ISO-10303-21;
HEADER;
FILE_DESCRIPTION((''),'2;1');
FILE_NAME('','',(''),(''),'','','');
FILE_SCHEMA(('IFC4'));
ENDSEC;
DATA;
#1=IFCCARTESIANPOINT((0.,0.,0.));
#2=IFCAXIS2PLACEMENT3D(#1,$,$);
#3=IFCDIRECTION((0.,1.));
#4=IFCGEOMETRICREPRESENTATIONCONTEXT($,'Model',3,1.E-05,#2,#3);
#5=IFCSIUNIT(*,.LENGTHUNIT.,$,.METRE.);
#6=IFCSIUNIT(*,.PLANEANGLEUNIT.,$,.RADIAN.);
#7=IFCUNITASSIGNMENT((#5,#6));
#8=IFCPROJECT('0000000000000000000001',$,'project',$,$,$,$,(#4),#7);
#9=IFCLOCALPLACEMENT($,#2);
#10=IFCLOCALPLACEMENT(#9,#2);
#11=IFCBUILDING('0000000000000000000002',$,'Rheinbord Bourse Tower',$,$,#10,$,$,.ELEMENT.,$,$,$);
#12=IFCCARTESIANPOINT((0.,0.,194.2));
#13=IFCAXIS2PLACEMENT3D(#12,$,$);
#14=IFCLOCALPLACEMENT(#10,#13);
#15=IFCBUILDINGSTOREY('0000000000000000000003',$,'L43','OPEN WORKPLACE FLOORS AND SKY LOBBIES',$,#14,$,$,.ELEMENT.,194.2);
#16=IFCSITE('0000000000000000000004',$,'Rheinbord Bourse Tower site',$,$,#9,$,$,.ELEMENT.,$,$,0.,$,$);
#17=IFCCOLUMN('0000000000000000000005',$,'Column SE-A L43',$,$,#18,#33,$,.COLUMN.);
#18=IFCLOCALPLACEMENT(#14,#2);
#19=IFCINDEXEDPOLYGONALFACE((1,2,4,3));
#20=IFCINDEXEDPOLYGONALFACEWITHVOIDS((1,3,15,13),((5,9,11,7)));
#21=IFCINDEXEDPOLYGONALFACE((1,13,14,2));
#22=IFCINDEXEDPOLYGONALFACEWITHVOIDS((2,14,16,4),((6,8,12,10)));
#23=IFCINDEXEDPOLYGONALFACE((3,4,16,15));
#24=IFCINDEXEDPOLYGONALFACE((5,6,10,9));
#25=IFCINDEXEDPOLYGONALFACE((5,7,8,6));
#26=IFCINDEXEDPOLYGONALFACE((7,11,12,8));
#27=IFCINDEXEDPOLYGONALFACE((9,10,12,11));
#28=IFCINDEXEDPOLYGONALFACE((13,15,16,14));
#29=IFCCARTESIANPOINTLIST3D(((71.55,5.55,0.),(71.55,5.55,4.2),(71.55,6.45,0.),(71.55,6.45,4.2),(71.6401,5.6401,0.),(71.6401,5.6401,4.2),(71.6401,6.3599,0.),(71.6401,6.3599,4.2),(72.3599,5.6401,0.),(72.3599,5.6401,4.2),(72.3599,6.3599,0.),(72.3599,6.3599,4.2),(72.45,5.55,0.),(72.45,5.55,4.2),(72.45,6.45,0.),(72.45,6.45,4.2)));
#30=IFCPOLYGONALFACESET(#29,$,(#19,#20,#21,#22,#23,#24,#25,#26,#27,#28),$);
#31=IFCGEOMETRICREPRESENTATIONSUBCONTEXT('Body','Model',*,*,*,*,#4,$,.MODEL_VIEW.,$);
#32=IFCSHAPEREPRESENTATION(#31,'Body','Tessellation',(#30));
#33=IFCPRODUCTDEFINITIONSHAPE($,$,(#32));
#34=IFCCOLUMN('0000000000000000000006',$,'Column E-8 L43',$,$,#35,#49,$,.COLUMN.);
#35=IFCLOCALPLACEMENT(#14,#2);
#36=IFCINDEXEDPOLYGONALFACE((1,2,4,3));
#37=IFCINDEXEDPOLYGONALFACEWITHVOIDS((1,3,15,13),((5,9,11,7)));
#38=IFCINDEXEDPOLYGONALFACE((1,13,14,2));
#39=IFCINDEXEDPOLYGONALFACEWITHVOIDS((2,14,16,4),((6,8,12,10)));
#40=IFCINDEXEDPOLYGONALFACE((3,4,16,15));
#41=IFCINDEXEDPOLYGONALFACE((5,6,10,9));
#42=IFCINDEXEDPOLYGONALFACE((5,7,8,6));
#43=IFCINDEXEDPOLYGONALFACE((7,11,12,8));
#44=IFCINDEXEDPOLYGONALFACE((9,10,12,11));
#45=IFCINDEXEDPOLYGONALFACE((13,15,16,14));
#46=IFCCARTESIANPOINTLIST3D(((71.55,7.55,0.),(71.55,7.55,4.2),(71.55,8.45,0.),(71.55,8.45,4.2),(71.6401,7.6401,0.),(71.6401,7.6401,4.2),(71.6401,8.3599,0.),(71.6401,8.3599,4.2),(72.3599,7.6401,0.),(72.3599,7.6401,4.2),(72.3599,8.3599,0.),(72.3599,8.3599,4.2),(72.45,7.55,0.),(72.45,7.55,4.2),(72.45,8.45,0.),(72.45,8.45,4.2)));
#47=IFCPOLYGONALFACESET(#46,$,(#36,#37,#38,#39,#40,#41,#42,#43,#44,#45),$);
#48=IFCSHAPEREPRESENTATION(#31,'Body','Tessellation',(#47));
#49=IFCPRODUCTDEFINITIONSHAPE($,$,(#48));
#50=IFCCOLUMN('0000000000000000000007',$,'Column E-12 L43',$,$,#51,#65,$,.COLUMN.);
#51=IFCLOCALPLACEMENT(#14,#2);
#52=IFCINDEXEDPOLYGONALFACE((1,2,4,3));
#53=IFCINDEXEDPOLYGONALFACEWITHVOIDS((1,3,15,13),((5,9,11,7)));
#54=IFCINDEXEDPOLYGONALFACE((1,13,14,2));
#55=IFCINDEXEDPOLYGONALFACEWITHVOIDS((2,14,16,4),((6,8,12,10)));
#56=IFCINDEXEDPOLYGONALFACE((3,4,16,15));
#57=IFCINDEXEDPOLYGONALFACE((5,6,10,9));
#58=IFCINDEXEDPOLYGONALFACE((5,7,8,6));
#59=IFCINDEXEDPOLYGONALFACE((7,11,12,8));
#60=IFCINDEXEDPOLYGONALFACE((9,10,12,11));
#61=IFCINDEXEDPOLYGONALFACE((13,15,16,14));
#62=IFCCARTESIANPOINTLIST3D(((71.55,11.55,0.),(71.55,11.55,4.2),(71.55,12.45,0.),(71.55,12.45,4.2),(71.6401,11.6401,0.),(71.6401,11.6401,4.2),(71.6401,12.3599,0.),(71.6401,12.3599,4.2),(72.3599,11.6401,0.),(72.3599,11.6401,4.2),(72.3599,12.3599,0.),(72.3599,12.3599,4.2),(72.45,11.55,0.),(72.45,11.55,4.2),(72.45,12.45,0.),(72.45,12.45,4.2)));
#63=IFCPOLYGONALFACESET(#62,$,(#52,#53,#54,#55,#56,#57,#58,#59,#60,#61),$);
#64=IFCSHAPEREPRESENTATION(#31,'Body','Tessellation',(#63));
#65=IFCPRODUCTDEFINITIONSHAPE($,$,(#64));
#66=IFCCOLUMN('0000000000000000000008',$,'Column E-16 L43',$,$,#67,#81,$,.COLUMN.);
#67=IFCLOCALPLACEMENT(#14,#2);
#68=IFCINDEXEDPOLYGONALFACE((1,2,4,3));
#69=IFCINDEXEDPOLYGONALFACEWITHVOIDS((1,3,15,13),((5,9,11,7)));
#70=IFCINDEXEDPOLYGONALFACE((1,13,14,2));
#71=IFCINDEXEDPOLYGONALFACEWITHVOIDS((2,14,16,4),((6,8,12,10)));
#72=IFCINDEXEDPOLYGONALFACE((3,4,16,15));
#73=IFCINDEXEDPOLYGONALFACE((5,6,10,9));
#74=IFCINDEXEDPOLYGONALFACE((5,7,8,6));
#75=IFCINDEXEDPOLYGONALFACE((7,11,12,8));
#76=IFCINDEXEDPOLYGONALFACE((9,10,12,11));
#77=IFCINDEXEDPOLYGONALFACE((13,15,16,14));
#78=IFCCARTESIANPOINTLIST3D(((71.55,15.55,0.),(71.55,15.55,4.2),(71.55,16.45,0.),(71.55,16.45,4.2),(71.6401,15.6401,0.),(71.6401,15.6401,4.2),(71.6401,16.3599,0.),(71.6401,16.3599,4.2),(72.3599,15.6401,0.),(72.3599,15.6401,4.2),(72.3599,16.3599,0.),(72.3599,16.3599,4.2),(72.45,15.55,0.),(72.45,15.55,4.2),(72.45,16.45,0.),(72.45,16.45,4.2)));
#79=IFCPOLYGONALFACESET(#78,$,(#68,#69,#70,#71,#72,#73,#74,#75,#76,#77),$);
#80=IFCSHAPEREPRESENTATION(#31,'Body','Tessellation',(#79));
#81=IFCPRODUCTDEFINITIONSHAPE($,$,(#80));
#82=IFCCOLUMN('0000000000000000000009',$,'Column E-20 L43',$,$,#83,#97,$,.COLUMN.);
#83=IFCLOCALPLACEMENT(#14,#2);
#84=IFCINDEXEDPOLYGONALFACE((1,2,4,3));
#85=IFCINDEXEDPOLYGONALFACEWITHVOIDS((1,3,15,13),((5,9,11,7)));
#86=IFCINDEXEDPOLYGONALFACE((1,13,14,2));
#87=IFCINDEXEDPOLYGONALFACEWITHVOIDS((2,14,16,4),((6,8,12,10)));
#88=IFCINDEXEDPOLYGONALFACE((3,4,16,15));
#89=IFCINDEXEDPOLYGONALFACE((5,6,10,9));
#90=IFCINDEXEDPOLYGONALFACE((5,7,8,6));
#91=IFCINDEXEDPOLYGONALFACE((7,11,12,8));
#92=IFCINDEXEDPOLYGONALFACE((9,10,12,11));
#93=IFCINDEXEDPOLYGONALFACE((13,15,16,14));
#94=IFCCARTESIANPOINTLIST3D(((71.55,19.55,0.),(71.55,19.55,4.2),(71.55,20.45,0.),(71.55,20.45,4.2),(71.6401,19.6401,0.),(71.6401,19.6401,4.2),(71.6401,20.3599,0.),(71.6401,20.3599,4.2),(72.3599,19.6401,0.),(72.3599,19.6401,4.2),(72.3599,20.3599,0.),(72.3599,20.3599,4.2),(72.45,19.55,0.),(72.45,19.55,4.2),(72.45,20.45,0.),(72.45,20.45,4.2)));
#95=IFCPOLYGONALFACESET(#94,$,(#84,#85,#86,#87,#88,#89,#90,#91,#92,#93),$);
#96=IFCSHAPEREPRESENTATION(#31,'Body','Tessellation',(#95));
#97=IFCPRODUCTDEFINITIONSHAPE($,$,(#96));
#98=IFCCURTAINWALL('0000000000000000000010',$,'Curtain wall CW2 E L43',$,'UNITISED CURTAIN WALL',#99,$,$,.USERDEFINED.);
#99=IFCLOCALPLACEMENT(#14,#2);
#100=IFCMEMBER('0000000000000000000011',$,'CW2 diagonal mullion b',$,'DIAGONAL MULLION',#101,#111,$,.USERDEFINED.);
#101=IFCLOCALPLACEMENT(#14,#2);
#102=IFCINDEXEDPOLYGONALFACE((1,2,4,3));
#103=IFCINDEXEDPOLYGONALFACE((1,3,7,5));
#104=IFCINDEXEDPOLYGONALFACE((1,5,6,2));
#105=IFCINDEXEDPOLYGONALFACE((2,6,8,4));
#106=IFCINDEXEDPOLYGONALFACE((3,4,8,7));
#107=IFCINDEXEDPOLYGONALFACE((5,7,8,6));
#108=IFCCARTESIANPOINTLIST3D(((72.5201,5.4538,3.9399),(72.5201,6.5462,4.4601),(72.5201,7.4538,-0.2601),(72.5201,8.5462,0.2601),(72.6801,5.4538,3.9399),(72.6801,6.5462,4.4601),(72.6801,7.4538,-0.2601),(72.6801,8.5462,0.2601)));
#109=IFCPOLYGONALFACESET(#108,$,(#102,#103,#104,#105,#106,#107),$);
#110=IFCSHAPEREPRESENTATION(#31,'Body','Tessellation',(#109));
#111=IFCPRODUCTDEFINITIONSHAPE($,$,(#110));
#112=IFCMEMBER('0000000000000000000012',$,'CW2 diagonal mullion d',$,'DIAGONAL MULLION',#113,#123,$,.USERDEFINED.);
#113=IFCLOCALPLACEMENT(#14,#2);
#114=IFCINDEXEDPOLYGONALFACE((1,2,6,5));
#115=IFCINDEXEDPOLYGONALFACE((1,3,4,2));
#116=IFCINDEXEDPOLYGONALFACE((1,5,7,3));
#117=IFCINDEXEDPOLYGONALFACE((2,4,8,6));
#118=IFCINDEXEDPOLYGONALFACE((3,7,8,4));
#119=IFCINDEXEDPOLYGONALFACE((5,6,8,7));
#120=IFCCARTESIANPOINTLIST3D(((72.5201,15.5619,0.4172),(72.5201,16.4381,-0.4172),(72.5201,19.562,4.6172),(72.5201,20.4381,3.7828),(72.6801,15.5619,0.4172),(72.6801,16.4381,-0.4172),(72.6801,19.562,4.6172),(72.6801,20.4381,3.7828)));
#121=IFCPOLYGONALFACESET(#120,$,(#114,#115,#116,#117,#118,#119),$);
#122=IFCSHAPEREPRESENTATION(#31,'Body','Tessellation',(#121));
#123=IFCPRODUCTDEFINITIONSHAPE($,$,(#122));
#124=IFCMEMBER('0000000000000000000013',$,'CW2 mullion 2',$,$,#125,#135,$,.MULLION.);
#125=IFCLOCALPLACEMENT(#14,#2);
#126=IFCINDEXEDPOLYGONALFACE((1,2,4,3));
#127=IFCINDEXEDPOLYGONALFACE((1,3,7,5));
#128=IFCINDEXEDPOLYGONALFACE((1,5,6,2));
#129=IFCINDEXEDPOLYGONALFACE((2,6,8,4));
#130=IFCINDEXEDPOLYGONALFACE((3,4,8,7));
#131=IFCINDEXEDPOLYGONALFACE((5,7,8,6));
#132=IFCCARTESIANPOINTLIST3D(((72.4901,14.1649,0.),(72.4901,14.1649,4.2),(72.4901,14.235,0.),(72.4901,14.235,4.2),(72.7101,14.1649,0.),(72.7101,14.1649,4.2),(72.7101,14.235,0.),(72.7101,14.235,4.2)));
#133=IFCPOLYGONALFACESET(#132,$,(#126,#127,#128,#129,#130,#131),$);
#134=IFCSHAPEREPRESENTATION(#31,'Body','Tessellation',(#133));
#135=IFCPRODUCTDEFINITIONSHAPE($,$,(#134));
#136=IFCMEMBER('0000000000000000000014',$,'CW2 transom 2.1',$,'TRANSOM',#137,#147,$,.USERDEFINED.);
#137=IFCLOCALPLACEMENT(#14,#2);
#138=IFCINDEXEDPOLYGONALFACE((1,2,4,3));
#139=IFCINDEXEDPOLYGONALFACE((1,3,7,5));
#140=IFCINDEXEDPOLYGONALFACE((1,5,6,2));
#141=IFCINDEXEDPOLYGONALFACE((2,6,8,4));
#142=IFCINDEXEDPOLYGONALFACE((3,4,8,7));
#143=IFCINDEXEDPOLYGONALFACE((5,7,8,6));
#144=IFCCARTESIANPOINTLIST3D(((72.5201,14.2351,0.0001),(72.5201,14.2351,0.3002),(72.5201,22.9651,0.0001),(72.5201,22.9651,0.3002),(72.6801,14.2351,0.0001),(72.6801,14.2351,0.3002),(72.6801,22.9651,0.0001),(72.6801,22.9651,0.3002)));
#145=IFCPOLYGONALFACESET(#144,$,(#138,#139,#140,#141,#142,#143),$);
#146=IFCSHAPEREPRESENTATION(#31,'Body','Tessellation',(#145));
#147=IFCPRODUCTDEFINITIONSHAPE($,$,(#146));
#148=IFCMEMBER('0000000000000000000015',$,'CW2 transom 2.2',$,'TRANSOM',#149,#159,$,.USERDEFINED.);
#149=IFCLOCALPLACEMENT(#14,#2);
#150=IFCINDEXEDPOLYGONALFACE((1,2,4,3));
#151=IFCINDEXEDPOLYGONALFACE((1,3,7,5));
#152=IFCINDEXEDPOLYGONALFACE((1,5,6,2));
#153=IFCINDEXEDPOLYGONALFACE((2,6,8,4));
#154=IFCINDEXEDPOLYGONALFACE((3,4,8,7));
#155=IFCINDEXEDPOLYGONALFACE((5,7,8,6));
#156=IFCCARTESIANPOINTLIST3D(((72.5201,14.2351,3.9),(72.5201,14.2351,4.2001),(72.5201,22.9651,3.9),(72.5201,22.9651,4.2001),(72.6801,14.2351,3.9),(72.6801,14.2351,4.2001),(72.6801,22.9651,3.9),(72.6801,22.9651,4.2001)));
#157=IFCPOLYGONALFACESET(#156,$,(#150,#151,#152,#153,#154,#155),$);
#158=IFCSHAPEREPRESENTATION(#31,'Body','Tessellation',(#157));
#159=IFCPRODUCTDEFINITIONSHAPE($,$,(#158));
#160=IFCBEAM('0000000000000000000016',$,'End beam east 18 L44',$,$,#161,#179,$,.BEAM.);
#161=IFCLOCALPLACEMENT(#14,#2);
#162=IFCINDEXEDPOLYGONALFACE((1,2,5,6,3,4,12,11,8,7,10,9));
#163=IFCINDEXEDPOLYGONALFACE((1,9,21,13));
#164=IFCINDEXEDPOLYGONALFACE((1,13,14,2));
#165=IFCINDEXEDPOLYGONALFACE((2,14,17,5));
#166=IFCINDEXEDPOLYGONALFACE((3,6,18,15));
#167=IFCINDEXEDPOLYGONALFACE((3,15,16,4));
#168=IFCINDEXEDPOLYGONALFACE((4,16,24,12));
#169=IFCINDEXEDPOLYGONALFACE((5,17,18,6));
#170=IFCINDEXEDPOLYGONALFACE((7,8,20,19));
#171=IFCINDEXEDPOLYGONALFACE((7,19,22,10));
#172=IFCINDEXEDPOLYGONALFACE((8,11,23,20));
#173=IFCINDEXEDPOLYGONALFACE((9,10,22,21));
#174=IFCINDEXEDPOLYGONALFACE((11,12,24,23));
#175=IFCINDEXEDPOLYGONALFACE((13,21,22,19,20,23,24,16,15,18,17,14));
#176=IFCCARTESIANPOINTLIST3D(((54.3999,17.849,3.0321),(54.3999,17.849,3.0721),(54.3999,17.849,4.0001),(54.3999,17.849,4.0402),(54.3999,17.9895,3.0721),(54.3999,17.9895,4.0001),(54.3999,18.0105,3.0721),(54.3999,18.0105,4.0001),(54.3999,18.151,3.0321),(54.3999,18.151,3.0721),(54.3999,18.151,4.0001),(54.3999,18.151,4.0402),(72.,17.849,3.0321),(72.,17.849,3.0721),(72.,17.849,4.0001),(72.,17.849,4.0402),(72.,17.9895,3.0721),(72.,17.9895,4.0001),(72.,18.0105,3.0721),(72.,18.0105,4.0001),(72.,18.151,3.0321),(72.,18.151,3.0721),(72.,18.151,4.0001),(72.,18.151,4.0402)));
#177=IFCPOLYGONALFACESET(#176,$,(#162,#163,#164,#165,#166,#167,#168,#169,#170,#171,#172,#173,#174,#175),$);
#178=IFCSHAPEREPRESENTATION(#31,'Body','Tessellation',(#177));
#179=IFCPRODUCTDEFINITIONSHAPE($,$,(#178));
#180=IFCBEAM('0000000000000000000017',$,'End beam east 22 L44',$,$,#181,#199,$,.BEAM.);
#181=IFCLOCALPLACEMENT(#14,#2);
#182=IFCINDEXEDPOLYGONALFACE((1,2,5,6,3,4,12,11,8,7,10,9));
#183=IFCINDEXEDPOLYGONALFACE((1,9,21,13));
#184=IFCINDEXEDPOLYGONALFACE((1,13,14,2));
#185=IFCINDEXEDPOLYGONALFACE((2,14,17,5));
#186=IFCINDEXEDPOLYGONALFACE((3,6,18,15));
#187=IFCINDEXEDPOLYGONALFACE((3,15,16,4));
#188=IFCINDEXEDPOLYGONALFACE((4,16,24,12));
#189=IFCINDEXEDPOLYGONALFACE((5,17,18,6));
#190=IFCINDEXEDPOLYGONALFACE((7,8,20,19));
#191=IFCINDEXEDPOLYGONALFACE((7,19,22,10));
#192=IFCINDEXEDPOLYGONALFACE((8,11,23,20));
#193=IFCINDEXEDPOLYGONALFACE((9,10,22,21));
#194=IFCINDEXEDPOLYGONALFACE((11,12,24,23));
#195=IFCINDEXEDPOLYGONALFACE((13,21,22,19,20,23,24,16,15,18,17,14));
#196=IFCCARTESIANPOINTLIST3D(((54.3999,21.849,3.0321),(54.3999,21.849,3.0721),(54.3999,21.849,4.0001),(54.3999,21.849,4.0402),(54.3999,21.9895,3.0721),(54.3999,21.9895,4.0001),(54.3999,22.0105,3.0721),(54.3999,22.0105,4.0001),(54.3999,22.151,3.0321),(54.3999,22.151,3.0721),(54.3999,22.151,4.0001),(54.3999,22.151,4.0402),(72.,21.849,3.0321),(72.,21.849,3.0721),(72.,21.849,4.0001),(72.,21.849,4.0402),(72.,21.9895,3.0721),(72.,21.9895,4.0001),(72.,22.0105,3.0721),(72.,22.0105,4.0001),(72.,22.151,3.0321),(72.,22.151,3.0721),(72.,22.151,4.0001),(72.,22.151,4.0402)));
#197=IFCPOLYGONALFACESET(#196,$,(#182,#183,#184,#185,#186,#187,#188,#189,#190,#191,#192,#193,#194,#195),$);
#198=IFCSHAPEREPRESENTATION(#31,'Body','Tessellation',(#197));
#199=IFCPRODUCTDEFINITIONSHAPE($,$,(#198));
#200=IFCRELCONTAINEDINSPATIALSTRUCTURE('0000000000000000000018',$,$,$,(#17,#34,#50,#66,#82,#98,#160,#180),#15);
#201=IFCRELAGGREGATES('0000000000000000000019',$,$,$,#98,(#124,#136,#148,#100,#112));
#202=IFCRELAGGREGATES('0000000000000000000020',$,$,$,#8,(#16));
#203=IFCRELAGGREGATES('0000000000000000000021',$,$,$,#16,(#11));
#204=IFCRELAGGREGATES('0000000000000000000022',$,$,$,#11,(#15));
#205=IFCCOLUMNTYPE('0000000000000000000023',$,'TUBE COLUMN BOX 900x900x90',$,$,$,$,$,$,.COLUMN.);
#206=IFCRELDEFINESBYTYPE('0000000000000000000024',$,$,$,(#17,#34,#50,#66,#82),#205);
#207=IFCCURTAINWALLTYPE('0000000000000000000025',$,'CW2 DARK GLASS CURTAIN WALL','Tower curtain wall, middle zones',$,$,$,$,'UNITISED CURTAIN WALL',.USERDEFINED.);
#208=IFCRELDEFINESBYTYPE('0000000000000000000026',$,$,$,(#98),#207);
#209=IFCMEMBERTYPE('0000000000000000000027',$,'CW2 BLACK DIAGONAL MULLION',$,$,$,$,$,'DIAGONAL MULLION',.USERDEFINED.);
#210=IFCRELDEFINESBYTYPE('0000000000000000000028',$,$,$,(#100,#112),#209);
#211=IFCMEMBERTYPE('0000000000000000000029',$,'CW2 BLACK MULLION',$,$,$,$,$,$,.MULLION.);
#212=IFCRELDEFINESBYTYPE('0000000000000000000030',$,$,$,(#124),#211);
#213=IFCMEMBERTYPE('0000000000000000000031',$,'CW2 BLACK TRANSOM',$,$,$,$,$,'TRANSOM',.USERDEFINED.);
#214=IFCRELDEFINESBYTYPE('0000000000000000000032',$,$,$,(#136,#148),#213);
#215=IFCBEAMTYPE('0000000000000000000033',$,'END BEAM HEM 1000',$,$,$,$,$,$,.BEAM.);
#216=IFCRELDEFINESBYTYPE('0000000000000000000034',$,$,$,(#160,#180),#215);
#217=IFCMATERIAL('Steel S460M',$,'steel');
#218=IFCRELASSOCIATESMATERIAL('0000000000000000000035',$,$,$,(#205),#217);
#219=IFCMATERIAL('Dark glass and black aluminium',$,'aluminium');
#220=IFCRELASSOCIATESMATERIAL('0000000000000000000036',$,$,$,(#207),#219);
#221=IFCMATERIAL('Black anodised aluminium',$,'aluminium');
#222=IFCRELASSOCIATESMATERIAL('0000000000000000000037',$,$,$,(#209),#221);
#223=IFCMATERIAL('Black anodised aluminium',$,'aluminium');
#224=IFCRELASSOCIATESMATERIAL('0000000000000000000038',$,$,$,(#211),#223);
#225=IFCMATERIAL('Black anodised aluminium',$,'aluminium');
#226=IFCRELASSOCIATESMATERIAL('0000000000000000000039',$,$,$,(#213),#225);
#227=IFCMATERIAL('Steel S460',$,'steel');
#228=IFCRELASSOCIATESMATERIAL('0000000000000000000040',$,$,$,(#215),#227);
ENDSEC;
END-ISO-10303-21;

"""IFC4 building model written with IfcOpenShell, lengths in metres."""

from ifc_helpers import new_model, si_unit, direction, frame, origin, origin_2d, place, context, subcontext, project, spatial, rectangle, hollow_rectangle, i_section, extrude, material, material_profile, profile_set, type_object, element, aggregate, save


model = new_model("IFC4")

# Units and contexts
model_context = context("Model", 3, precision=1e-05, world=origin(), true_north=direction((0.0, 1.0)))
body_context = subcontext(model_context, "Body", "Model", "MODEL_VIEW")
ifc_project = project(units=[si_unit("LENGTHUNIT", "METRE"), si_unit("PLANEANGLEUNIT", "RADIAN")], contexts=[model_context])

# Site, building, storey
site_placement = place(None, origin())
site = spatial("IfcSite", under=ifc_project, at=site_placement, Name="Rheinbord Bourse Tower site", CompositionType="ELEMENT", RefElevation=0.0)
building_placement = place(site_placement, origin())
building = spatial("IfcBuilding", under=site, at=building_placement, Name="Rheinbord Bourse Tower", CompositionType="ELEMENT")
storey_placement = place(building_placement, frame((0.0, 0.0, 194.2)))
storey = spatial("IfcBuildingStorey", under=building, at=storey_placement, Name="L43", Description="OPEN WORKPLACE FLOORS AND SKY LOBBIES", CompositionType="ELEMENT", Elevation=194.2)

# Columns
ifc_material_1 = material(Name="Steel S460M", Category="steel")
ifc_material_profile_1 = material_profile(ifc_material_1, hollow_rectangle(XDim=0.8999, YDim=0.8999, WallThickness=0.0901, at=origin_2d()), Name="BOX 900x900x90")
ifc_profile_set_1 = profile_set([ifc_material_profile_1], Name="Steel S460M")
column_type = type_object("IfcColumnType", Name="TUBE COLUMN BOX 900x900x90", PredefinedType="COLUMN", material=ifc_profile_set_1)
for number, where, z_axis, x_axis, name in (
    (1, (72.0, 6.0, 0.0), (0.0, 0.0, 1.0), (1.0, 0.0, 0.0), "Column SE-A L43"),
    (2, (72.0, 8.0, 0.0), (0.0, 0.0, 1.0), (1.0, 0.0, 0.0), "Column E-8 L43"),
    (3, (72.0, 12.0, 0.0), (0.0, 0.0, 1.0), (1.0, 0.0, 0.0), "Column E-12 L43"),
    (4, (72.0, 16.0, 0.0), (0.0, 0.0, 1.0), (1.0, 0.0, 0.0), "Column E-16 L43"),
    (5, (72.0, 20.0, 0.0), (0.0, 0.0, 1.0), (1.0, 0.0, 0.0), "Column E-20 L43"),
):
    element("IfcColumn", number, at=place(storey_placement, frame(where, z_axis=z_axis, x_axis=x_axis)), inside=storey, type_object=column_type, Name=name, PredefinedType="COLUMN", context=body_context, shape_type="SweptSolid", body=[
        extrude(hollow_rectangle(XDim=0.8999, YDim=0.8999, WallThickness=0.0901, at=origin_2d()), origin(), (0.0, 0.0, 1.0), 4.2),
    ])

# Curtain wall, members
ifc_material_2 = material(Name="Dark glass and black aluminium", Category="aluminium")
curtain_wall_type = type_object("IfcCurtainWallType", Name="CW2 DARK GLASS CURTAIN WALL", Description="Tower curtain wall, middle zones", ElementType="UNITISED CURTAIN WALL", PredefinedType="USERDEFINED", material=ifc_material_2)
curtain_wall_placement = place(storey_placement, origin())
curtain_wall = element("IfcCurtainWall", 6, at=curtain_wall_placement, inside=storey, type_object=curtain_wall_type, Name="Curtain wall CW2 E L43", ObjectType="UNITISED CURTAIN WALL", PredefinedType="USERDEFINED")
ifc_material_3 = material(Name="Black anodised aluminium", Category="aluminium")
ifc_material_profile_2 = material_profile(ifc_material_3, rectangle(XDim=0.1599, YDim=1.21, at=origin_2d()), Name="CW2 DIAGONAL MULLION 1210x160")
ifc_profile_set_2 = profile_set([ifc_material_profile_2], Name="Black anodised aluminium")
member_type_1 = type_object("IfcMemberType", Name="CW2 BLACK DIAGONAL MULLION", ElementType="DIAGONAL MULLION", PredefinedType="USERDEFINED", material=ifc_profile_set_2)
member_1_placement = place(storey_placement, frame((72.6001, 8.0, 0.0), z_axis=(0.0, -0.429938, 0.902859), x_axis=(1.0, 0.0, 0.0)))
member_1 = element("IfcMember", 7, at=member_1_placement, type_object=member_type_1, Name="CW2 diagonal mullion b", ObjectType="DIAGONAL MULLION", PredefinedType="USERDEFINED", context=body_context, shape_type="SweptSolid", body=[
    extrude(rectangle(XDim=0.1599, YDim=1.21, at=origin_2d()), origin(), (0.0, 0.0, 1.0), 4.6519),
])
member_2_placement = place(storey_placement, frame((72.6001, 16.0, 0.0), z_axis=(0.0, 0.689659, 0.724134), x_axis=(-1.0, 0.0, 0.0)))
member_2 = element("IfcMember", 8, at=member_2_placement, type_object=member_type_1, Name="CW2 diagonal mullion d", ObjectType="DIAGONAL MULLION", PredefinedType="USERDEFINED", context=body_context, shape_type="SweptSolid", body=[
    extrude(rectangle(XDim=0.1599, YDim=1.21, at=origin_2d()), origin(), (0.0, 0.0, 1.0), 5.8),
])
ifc_material_4 = material(Name="Black anodised aluminium", Category="aluminium")
ifc_material_profile_3 = material_profile(ifc_material_4, rectangle(XDim=0.22, YDim=0.0701, at=origin_2d()), Name="CW2 MULLION 70x220")
ifc_profile_set_3 = profile_set([ifc_material_profile_3], Name="Black anodised aluminium")
member_type_2 = type_object("IfcMemberType", Name="CW2 BLACK MULLION", PredefinedType="MULLION", material=ifc_profile_set_3)
member_3_placement = place(storey_placement, frame((72.6001, 14.2, 0.0), z_axis=(0.0, 0.0, 1.0), x_axis=(-1.0, 0.0, 0.0)))
member_3 = element("IfcMember", 9, at=member_3_placement, type_object=member_type_2, Name="CW2 mullion 2", PredefinedType="MULLION", context=body_context, shape_type="SweptSolid", body=[
    extrude(rectangle(XDim=0.22, YDim=0.0701, at=origin_2d()), origin(), (0.0, 0.0, 1.0), 4.2),
])
ifc_material_5 = material(Name="Black anodised aluminium", Category="aluminium")
ifc_material_profile_4 = material_profile(ifc_material_5, rectangle(XDim=0.1599, YDim=0.3, at=origin_2d()), Name="CW2 TRANSOM 300x160")
ifc_profile_set_4 = profile_set([ifc_material_profile_4], Name="Black anodised aluminium")
member_type_3 = type_object("IfcMemberType", Name="CW2 BLACK TRANSOM", ElementType="TRANSOM", PredefinedType="USERDEFINED", material=ifc_profile_set_4)
member_4_placement = place(storey_placement, frame((72.6001, 14.2351, 0.1501), z_axis=(0.0, 1.0, 0.0), x_axis=(-1.0, 0.0, 0.0)))
member_4 = element("IfcMember", 10, at=member_4_placement, type_object=member_type_3, Name="CW2 transom 2.1", ObjectType="TRANSOM", PredefinedType="USERDEFINED", context=body_context, shape_type="SweptSolid", body=[
    extrude(rectangle(XDim=0.1599, YDim=0.3, at=origin_2d()), origin(), (0.0, 0.0, 1.0), 8.73),
])
member_5_placement = place(storey_placement, frame((72.6001, 14.2351, 4.05), z_axis=(0.0, 1.0, 0.0), x_axis=(-1.0, 0.0, 0.0)))
member_5 = element("IfcMember", 11, at=member_5_placement, type_object=member_type_3, Name="CW2 transom 2.2", ObjectType="TRANSOM", PredefinedType="USERDEFINED", context=body_context, shape_type="SweptSolid", body=[
    extrude(rectangle(XDim=0.1599, YDim=0.3, at=origin_2d()), origin(), (0.0, 0.0, 1.0), 8.73),
])

# Beams
ifc_material_6 = material(Name="Steel S460", Category="steel")
ifc_material_profile_5 = material_profile(ifc_material_6, i_section(OverallWidth=0.302, OverallDepth=1.0081, WebThickness=0.021, FlangeThickness=0.04, at=origin_2d()), Name="HEM 1000")
ifc_profile_set_5 = profile_set([ifc_material_profile_5], Name="Steel S460")
beam_type_1 = type_object("IfcBeamType", Name="END BEAM HEM 1000", PredefinedType="BEAM", material=ifc_profile_set_5)
for number, where, z_axis, x_axis, name in (
    (12, (54.3999, 18.0, 3.5361), (1.0, 0.0, 0.0), (0.0, 1.0, 0.0), "End beam east 18 L44"),
    (13, (54.3999, 22.0, 3.5361), (1.0, 0.0, 0.0), (0.0, 1.0, 0.0), "End beam east 22 L44"),
):
    element("IfcBeam", number, at=place(storey_placement, frame(where, z_axis=z_axis, x_axis=x_axis)), inside=storey, type_object=beam_type_1, Name=name, PredefinedType="BEAM", context=body_context, shape_type="SweptSolid", body=[
        extrude(i_section(OverallWidth=0.302, OverallDepth=1.0081, WebThickness=0.021, FlangeThickness=0.04, at=origin_2d()), origin(), (0.0, 0.0, 1.0), 17.6001),
    ])

aggregate(curtain_wall, [member_3, member_4, member_5, member_1, member_2])

save(model, "model.ifc")
